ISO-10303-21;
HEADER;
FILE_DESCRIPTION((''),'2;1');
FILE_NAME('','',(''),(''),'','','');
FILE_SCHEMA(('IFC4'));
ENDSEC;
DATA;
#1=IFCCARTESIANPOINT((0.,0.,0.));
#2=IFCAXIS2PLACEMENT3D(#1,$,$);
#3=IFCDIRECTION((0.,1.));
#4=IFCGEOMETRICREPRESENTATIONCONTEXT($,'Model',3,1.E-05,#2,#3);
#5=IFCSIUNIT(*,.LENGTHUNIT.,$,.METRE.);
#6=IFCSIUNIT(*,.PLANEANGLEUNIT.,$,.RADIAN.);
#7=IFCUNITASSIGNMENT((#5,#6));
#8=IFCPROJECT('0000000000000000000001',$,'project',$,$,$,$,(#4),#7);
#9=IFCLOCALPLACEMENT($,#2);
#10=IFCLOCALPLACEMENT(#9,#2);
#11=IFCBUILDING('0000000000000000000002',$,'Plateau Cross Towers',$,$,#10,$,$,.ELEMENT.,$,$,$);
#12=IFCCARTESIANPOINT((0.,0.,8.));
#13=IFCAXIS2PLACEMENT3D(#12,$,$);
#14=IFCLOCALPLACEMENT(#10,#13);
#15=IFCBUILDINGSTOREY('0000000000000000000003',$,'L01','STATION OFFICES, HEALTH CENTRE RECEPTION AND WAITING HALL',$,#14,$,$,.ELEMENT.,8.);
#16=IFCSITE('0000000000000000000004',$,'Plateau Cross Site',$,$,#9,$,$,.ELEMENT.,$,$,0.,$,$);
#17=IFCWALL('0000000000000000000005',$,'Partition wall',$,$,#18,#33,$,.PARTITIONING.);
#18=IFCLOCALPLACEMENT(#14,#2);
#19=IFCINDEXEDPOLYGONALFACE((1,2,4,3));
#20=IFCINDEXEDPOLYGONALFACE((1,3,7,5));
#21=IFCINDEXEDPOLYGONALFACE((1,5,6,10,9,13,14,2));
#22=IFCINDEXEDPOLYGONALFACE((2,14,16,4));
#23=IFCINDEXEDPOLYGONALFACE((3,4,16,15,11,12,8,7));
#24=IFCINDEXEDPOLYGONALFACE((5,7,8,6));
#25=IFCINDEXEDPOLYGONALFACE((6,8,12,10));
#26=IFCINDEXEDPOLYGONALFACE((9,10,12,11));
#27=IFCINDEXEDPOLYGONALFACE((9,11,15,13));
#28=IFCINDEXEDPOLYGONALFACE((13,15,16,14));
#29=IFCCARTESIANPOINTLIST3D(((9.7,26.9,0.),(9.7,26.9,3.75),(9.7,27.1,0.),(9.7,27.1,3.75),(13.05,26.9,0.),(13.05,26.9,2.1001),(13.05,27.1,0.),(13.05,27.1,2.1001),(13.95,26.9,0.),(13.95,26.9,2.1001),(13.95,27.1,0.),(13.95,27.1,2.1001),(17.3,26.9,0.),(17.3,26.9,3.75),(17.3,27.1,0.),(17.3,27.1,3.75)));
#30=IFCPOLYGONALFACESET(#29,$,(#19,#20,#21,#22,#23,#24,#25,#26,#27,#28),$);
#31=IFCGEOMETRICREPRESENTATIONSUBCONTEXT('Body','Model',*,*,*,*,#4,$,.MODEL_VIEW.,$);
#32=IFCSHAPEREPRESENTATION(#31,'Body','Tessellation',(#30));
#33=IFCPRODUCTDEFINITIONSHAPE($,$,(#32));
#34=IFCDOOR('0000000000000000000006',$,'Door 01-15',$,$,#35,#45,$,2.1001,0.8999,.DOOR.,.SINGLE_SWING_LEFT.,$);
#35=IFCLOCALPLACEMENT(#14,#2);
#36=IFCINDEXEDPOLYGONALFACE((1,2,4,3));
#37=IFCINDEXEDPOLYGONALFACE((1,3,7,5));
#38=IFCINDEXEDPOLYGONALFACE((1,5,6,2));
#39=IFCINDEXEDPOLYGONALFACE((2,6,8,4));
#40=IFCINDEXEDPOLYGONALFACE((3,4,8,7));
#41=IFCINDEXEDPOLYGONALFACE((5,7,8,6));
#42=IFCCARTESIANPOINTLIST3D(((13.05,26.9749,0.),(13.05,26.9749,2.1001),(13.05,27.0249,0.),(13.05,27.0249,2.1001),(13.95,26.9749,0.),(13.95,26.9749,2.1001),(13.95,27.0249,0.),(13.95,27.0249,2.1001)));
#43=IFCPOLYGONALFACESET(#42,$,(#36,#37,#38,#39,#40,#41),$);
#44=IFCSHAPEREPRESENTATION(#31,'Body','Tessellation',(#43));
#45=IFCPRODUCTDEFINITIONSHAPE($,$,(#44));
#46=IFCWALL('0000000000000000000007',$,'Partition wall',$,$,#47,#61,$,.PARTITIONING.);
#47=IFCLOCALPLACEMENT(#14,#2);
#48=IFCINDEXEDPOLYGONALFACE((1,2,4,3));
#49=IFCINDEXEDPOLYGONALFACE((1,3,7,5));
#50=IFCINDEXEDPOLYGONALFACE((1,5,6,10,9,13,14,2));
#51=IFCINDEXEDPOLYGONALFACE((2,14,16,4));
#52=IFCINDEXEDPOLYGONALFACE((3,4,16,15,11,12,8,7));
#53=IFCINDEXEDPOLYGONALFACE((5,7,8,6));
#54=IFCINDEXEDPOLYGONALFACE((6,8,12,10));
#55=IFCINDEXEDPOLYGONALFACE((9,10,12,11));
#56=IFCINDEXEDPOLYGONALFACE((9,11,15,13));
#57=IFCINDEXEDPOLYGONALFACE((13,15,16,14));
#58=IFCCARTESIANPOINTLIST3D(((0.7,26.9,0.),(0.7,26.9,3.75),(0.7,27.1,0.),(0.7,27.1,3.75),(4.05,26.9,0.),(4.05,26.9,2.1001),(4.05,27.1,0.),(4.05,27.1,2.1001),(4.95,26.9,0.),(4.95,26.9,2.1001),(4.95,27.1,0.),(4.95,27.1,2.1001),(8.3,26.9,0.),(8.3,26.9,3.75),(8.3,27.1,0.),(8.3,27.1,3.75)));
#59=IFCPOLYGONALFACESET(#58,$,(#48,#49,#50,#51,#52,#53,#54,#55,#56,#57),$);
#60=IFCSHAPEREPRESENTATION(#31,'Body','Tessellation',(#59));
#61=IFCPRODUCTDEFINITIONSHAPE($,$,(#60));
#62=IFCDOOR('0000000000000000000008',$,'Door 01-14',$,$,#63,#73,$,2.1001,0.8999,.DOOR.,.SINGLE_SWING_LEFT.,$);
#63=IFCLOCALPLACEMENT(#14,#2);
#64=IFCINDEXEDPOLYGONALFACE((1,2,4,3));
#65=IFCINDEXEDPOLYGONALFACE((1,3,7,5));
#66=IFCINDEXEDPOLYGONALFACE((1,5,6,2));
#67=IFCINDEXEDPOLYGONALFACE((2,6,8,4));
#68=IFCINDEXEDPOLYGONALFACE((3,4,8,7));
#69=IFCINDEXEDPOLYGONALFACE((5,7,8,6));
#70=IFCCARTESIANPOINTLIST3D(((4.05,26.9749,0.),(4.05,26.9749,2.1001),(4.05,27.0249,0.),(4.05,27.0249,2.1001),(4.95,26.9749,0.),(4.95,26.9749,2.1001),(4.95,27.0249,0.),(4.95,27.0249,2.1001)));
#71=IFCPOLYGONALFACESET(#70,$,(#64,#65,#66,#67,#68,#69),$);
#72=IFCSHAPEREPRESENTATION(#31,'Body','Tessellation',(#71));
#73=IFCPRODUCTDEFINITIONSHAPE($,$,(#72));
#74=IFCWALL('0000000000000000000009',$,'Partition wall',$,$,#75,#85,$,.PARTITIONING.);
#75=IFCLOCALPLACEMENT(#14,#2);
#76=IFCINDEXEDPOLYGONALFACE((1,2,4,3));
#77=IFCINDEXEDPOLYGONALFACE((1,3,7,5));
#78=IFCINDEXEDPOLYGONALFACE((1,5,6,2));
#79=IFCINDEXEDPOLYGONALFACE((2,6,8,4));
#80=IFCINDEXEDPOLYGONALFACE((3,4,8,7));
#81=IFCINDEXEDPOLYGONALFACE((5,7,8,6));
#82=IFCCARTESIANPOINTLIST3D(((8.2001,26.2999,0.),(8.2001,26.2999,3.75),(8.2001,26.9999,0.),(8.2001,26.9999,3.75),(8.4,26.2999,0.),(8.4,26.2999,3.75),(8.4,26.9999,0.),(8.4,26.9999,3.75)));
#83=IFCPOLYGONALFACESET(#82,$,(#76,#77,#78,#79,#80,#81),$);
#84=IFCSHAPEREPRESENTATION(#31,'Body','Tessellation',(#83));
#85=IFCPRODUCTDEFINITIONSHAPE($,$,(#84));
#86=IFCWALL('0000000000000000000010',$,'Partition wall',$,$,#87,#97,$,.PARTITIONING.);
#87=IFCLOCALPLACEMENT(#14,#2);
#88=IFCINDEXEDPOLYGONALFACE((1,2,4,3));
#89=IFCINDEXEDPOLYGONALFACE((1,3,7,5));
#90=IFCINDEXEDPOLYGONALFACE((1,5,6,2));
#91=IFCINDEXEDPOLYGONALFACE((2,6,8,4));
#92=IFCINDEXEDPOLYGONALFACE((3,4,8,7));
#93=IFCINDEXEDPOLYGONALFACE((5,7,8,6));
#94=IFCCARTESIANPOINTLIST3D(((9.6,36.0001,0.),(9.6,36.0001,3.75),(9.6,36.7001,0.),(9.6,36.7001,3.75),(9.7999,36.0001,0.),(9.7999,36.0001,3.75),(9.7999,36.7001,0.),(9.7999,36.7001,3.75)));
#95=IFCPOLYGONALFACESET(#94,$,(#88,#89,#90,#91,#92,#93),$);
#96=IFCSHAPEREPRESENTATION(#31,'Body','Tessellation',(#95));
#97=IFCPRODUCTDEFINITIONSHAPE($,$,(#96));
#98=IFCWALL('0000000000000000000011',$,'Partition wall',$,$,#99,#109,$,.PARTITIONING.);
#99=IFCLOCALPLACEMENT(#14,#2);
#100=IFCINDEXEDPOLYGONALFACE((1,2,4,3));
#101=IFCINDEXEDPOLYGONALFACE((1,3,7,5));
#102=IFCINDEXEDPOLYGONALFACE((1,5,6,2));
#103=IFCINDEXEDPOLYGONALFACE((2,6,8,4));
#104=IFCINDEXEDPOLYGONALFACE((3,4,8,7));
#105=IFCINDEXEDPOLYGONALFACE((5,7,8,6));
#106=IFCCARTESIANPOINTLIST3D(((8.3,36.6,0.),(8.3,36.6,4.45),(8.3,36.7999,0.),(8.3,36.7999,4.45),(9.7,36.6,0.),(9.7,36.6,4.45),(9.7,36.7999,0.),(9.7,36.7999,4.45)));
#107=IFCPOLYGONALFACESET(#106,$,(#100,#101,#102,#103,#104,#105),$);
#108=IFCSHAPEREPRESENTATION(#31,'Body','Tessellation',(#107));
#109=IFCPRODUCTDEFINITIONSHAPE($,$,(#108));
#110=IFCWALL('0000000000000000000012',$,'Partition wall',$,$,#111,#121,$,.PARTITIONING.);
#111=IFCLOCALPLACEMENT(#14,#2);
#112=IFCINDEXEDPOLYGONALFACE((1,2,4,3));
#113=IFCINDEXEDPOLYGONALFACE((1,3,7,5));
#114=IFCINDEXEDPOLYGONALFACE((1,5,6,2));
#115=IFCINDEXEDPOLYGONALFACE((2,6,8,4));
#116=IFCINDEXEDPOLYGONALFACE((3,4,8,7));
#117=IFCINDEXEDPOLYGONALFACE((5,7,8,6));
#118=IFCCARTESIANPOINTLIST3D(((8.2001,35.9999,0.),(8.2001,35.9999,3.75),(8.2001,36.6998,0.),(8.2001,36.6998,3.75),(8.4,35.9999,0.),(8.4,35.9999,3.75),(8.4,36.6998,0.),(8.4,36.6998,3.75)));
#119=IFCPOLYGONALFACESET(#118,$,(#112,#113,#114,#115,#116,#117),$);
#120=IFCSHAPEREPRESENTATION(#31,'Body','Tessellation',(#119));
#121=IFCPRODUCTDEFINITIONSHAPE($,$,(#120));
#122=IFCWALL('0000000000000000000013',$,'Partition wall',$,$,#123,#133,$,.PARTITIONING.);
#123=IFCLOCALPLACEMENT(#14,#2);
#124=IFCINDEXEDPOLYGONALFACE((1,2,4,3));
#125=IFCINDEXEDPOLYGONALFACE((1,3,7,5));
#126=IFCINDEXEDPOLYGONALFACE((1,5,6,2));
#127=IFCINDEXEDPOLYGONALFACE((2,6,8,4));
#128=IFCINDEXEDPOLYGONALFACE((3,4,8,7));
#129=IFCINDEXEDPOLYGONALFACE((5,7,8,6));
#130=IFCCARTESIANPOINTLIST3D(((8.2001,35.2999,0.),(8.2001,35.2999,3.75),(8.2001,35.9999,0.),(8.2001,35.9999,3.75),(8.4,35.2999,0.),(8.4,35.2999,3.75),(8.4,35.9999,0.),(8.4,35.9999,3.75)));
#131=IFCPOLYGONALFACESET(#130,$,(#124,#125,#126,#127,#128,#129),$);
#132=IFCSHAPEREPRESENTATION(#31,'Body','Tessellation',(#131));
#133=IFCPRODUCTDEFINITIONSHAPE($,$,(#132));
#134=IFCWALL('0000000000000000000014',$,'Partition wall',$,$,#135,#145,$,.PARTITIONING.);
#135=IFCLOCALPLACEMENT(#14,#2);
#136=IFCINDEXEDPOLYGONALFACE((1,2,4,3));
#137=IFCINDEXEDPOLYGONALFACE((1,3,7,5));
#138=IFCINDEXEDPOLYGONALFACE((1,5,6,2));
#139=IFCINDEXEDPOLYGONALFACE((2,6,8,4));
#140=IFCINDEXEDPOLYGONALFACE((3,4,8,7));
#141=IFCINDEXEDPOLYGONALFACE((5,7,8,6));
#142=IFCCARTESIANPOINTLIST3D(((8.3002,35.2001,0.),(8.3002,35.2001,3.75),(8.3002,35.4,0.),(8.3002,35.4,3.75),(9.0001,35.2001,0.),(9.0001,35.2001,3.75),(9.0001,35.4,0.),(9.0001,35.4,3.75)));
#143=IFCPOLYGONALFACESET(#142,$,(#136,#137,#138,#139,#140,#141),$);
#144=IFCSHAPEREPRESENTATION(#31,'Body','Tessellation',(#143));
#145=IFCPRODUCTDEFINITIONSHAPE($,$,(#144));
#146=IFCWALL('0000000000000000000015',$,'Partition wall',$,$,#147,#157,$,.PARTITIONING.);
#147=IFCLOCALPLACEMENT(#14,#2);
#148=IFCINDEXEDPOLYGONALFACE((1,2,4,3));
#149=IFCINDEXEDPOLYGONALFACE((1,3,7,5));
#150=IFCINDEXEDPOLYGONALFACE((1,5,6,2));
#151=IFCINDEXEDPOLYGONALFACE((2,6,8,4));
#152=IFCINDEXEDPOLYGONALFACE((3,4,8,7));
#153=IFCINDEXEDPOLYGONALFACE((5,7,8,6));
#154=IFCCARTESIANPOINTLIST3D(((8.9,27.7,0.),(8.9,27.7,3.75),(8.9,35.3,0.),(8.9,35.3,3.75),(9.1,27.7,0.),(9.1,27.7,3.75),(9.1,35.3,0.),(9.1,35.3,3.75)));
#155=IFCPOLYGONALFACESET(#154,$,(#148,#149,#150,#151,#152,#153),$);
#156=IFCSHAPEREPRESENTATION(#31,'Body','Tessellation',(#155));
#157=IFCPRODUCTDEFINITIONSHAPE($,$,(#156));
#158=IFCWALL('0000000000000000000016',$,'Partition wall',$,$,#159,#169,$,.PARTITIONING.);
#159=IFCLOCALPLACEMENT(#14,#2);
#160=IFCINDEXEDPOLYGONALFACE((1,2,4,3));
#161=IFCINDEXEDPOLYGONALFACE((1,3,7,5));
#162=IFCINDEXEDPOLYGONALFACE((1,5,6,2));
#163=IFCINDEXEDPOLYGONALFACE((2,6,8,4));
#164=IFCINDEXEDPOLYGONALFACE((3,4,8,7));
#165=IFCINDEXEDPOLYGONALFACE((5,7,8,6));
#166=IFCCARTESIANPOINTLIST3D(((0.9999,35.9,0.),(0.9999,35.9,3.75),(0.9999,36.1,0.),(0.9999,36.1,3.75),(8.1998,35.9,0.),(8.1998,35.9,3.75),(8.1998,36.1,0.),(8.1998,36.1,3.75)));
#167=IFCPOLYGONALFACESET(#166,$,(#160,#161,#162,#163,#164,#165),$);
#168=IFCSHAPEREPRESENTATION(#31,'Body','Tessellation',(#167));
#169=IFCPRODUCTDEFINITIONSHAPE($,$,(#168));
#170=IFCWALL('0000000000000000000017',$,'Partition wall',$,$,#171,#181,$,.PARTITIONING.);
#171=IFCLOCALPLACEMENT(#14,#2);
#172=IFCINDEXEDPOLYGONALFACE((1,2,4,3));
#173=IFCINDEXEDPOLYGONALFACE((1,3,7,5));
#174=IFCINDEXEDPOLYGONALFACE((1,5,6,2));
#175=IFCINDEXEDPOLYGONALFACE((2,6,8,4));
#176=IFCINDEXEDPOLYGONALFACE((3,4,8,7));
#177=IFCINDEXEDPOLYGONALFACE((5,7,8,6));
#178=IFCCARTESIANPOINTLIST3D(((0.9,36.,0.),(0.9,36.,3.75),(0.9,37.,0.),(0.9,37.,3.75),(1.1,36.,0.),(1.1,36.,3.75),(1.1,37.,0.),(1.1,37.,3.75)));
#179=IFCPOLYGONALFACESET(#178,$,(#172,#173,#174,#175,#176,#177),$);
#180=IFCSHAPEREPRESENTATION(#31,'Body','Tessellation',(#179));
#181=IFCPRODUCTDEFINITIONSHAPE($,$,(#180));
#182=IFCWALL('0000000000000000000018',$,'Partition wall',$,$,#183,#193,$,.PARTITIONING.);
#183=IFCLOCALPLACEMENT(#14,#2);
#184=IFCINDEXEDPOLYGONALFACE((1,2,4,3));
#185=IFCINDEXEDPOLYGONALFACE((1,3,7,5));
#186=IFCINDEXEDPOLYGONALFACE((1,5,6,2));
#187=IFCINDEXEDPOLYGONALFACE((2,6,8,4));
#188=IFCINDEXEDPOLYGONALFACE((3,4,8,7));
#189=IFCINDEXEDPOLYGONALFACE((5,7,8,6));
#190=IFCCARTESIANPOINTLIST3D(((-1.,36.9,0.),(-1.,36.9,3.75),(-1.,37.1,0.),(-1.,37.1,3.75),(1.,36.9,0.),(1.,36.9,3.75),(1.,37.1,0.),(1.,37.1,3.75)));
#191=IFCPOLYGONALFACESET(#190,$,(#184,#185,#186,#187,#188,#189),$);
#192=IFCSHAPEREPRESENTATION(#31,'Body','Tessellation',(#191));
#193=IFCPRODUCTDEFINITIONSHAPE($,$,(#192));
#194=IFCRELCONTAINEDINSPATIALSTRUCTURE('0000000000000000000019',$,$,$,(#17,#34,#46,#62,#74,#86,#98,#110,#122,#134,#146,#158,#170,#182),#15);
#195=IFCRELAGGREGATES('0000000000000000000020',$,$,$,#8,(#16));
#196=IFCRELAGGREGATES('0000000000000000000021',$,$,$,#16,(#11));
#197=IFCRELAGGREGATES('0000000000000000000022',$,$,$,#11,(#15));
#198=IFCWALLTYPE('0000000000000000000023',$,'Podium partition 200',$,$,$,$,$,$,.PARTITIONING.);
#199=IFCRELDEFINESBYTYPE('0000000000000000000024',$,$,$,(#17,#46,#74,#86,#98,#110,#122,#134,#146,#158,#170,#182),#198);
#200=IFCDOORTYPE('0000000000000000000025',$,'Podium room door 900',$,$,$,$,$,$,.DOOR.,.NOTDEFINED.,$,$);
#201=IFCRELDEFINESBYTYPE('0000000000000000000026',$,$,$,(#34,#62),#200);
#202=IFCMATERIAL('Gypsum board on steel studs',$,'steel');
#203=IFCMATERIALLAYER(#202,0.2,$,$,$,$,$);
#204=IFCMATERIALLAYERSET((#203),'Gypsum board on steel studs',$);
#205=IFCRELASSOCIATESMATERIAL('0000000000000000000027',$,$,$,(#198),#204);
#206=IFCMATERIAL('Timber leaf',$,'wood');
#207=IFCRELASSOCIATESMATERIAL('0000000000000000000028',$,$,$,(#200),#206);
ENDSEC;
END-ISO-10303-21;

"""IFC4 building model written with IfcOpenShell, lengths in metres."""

from ifc_helpers import new_model, si_unit, direction, frame, frame_2d, origin, place, context, subcontext, project, spatial, rectangle, extrude, material, layer, layer_set, type_object, element, fill, save


model = new_model("IFC4")

# Units and contexts
model_context = context("Model", 3, precision=1e-05, world=origin(), true_north=direction((0.0, 1.0)))
body_context = subcontext(model_context, "Body", "Model", "MODEL_VIEW")
ifc_project = project(units=[si_unit("LENGTHUNIT", "METRE"), si_unit("PLANEANGLEUNIT", "RADIAN")], contexts=[model_context])

# Site, building, storey
site_placement = place(None, origin())
site = spatial("IfcSite", under=ifc_project, at=site_placement, Name="Plateau Cross Site", CompositionType="ELEMENT", RefElevation=0.0)
building_placement = place(site_placement, origin())
building = spatial("IfcBuilding", under=site, at=building_placement, Name="Plateau Cross Towers", CompositionType="ELEMENT")
storey_placement = place(building_placement, frame((0.0, 0.0, 8.0)))
storey = spatial("IfcBuildingStorey", under=building, at=storey_placement, Name="L01", Description="STATION OFFICES, HEALTH CENTRE RECEPTION AND WAITING HALL", CompositionType="ELEMENT", Elevation=8.0)

# Shared definitions
ifc_material_1 = material(Name="Gypsum board on steel studs", Category="steel")
ifc_layer_1 = layer(ifc_material_1, 0.2)
ifc_layer_set_1 = layer_set([ifc_layer_1], Name="Gypsum board on steel studs")
wall_type_1 = type_object("IfcWallType", Name="Podium partition 200", PredefinedType="PARTITIONING", material=ifc_layer_set_1)

# Walls, openings, doors
wall_1_placement = place(storey_placement, frame((9.7, 27.0, 0.0), z_axis=(0.0, 0.0, 1.0), x_axis=(1.0, 0.0, 0.0)))
wall_1 = element("IfcWall", 1, at=wall_1_placement, inside=storey, type_object=wall_type_1, Name="Partition wall", PredefinedType="PARTITIONING", context=body_context, shape_type="SweptSolid", body=[
    extrude(rectangle(XDim=7.6001, YDim=0.2, at=frame_2d((3.8, 0.0))), origin(), (0.0, 0.0, 1.0), 3.75),
])
opening_1_placement = place(wall_1_placement, frame((3.3501, 0.0, 0.0)))
opening_1 = element("IfcOpeningElement", 2, at=opening_1_placement, cuts=wall_1, PredefinedType="OPENING", context=body_context, shape_type="SweptSolid", body=[
    extrude(rectangle(XDim=0.8999, YDim=2.1001, at=frame_2d((0.45, 1.05))), frame((0.0, 0.1099, 0.0), z_axis=(0.0, -1.0, 0.0), x_axis=(1.0, 0.0, 0.0)), (0.0, 0.0, 1.0), 0.22),
])
ifc_material_2 = material(Name="Timber leaf", Category="wood")
door_type_1 = type_object("IfcDoorType", Name="Podium room door 900", OperationType="NOTDEFINED", PredefinedType="DOOR", material=ifc_material_2)
door_1_placement = place(opening_1_placement, origin())
door_1 = element("IfcDoor", 3, at=door_1_placement, inside=storey, type_object=door_type_1, Name="Door 01-15", OperationType="SINGLE_SWING_LEFT", OverallHeight=2.1001, OverallWidth=0.8999, PredefinedType="DOOR", context=body_context, shape_type="SweptSolid", body=[
    extrude(rectangle(XDim=0.8999, YDim=2.1001, at=frame_2d((0.45, 1.05))), frame((0.0, 0.0249, 0.0), z_axis=(0.0, -1.0, 0.0), x_axis=(1.0, 0.0, 0.0)), (0.0, 0.0, 1.0), 0.05),
])
fill(opening_1, door_1)
wall_2_placement = place(storey_placement, frame((0.7, 27.0, 0.0), z_axis=(0.0, 0.0, 1.0), x_axis=(1.0, 0.0, 0.0)))
wall_2 = element("IfcWall", 4, at=wall_2_placement, inside=storey, type_object=wall_type_1, Name="Partition wall", PredefinedType="PARTITIONING", context=body_context, shape_type="SweptSolid", body=[
    extrude(rectangle(XDim=7.6001, YDim=0.2, at=frame_2d((3.8, 0.0))), origin(), (0.0, 0.0, 1.0), 3.75),
])
opening_2_placement = place(wall_2_placement, frame((3.3501, 0.0, 0.0)))
opening_2 = element("IfcOpeningElement", 5, at=opening_2_placement, cuts=wall_2, PredefinedType="OPENING", context=body_context, shape_type="SweptSolid", body=[
    extrude(rectangle(XDim=0.8999, YDim=2.1001, at=frame_2d((0.45, 1.05))), frame((0.0, 0.1099, 0.0), z_axis=(0.0, -1.0, 0.0), x_axis=(1.0, 0.0, 0.0)), (0.0, 0.0, 1.0), 0.22),
])
door_2_placement = place(opening_2_placement, origin())
door_2 = element("IfcDoor", 6, at=door_2_placement, inside=storey, type_object=door_type_1, Name="Door 01-14", OperationType="SINGLE_SWING_LEFT", OverallHeight=2.1001, OverallWidth=0.8999, PredefinedType="DOOR", context=body_context, shape_type="SweptSolid", body=[
    extrude(rectangle(XDim=0.8999, YDim=2.1001, at=frame_2d((0.45, 1.05))), frame((0.0, 0.0249, 0.0), z_axis=(0.0, -1.0, 0.0), x_axis=(1.0, 0.0, 0.0)), (0.0, 0.0, 1.0), 0.05),
])
fill(opening_2, door_2)

# Walls
for number, where, z_axis, x_axis, name in (
    (7, (8.3, 27.0, 0.0), (0.0, 0.0, 1.0), (0.0, -1.0, 0.0), "Partition wall"),
    (8, (9.7, 36.0, 0.0), (0.0, 0.0, 1.0), (0.0, 1.0, 0.0), "Partition wall"),
):
    element("IfcWall", number, at=place(storey_placement, frame(where, z_axis=z_axis, x_axis=x_axis)), inside=storey, type_object=wall_type_1, Name=name, PredefinedType="PARTITIONING", context=body_context, shape_type="SweptSolid", body=[
        extrude(rectangle(XDim=0.7, YDim=0.2, at=frame_2d((0.3501, 0.0))), origin(), (0.0, 0.0, 1.0), 3.75),
    ])
wall_3_placement = place(storey_placement, frame((9.7, 36.7, 0.0), z_axis=(0.0, 0.0, 1.0), x_axis=(-1.0, 0.0, 0.0)))
element("IfcWall", 9, at=wall_3_placement, inside=storey, type_object=wall_type_1, Name="Partition wall", PredefinedType="PARTITIONING", context=body_context, shape_type="SweptSolid", body=[
    extrude(rectangle(XDim=1.3999, YDim=0.2, at=frame_2d((0.7, 0.0))), origin(), (0.0, 0.0, 1.0), 4.45),
])
for number, where, z_axis, x_axis, name in (
    (10, (8.3, 36.7, 0.0), (0.0, 0.0, 1.0), (0.0, -1.0, 0.0), "Partition wall"),
    (11, (8.3, 36.0, 0.0), (0.0, 0.0, 1.0), (0.0, -1.0, 0.0), "Partition wall"),
    (12, (8.3, 35.3, 0.0), (0.0, 0.0, 1.0), (1.0, 0.0, 0.0), "Partition wall"),
):
    element("IfcWall", number, at=place(storey_placement, frame(where, z_axis=z_axis, x_axis=x_axis)), inside=storey, type_object=wall_type_1, Name=name, PredefinedType="PARTITIONING", context=body_context, shape_type="SweptSolid", body=[
        extrude(rectangle(XDim=0.7, YDim=0.2, at=frame_2d((0.3501, 0.0))), origin(), (0.0, 0.0, 1.0), 3.75),
    ])
wall_4_placement = place(storey_placement, frame((9.0, 35.3, 0.0), z_axis=(0.0, 0.0, 1.0), x_axis=(0.0, -1.0, 0.0)))
element("IfcWall", 13, at=wall_4_placement, inside=storey, type_object=wall_type_1, Name="Partition wall", PredefinedType="PARTITIONING", context=body_context, shape_type="SweptSolid", body=[
    extrude(rectangle(XDim=7.6001, YDim=0.2, at=frame_2d((3.8, 0.0))), origin(), (0.0, 0.0, 1.0), 3.75),
])
wall_5_placement = place(storey_placement, frame((8.2, 36.0, 0.0), z_axis=(0.0, 0.0, 1.0), x_axis=(-1.0, 0.0, 0.0)))
element("IfcWall", 14, at=wall_5_placement, inside=storey, type_object=wall_type_1, Name="Partition wall", PredefinedType="PARTITIONING", context=body_context, shape_type="SweptSolid", body=[
    extrude(rectangle(XDim=7.2, YDim=0.2, at=frame_2d((3.6001, 0.0))), origin(), (0.0, 0.0, 1.0), 3.75),
])
wall_6_placement = place(storey_placement, frame((1.0, 36.0, 0.0), z_axis=(0.0, 0.0, 1.0), x_axis=(0.0, 1.0, 0.0)))
element("IfcWall", 15, at=wall_6_placement, inside=storey, type_object=wall_type_1, Name="Partition wall", PredefinedType="PARTITIONING", context=body_context, shape_type="SweptSolid", body=[
    extrude(rectangle(XDim=1.0, YDim=0.2, at=frame_2d((0.5, 0.0))), origin(), (0.0, 0.0, 1.0), 3.75),
])
wall_7_placement = place(storey_placement, frame((1.0, 37.0, 0.0), z_axis=(0.0, 0.0, 1.0), x_axis=(-1.0, 0.0, 0.0)))
element("IfcWall", 16, at=wall_7_placement, inside=storey, type_object=wall_type_1, Name="Partition wall", PredefinedType="PARTITIONING", context=body_context, shape_type="SweptSolid", body=[
    extrude(rectangle(XDim=2.0, YDim=0.2, at=frame_2d((1.0, 0.0))), origin(), (0.0, 0.0, 1.0), 3.75),
])

save(model, "model.ifc")
